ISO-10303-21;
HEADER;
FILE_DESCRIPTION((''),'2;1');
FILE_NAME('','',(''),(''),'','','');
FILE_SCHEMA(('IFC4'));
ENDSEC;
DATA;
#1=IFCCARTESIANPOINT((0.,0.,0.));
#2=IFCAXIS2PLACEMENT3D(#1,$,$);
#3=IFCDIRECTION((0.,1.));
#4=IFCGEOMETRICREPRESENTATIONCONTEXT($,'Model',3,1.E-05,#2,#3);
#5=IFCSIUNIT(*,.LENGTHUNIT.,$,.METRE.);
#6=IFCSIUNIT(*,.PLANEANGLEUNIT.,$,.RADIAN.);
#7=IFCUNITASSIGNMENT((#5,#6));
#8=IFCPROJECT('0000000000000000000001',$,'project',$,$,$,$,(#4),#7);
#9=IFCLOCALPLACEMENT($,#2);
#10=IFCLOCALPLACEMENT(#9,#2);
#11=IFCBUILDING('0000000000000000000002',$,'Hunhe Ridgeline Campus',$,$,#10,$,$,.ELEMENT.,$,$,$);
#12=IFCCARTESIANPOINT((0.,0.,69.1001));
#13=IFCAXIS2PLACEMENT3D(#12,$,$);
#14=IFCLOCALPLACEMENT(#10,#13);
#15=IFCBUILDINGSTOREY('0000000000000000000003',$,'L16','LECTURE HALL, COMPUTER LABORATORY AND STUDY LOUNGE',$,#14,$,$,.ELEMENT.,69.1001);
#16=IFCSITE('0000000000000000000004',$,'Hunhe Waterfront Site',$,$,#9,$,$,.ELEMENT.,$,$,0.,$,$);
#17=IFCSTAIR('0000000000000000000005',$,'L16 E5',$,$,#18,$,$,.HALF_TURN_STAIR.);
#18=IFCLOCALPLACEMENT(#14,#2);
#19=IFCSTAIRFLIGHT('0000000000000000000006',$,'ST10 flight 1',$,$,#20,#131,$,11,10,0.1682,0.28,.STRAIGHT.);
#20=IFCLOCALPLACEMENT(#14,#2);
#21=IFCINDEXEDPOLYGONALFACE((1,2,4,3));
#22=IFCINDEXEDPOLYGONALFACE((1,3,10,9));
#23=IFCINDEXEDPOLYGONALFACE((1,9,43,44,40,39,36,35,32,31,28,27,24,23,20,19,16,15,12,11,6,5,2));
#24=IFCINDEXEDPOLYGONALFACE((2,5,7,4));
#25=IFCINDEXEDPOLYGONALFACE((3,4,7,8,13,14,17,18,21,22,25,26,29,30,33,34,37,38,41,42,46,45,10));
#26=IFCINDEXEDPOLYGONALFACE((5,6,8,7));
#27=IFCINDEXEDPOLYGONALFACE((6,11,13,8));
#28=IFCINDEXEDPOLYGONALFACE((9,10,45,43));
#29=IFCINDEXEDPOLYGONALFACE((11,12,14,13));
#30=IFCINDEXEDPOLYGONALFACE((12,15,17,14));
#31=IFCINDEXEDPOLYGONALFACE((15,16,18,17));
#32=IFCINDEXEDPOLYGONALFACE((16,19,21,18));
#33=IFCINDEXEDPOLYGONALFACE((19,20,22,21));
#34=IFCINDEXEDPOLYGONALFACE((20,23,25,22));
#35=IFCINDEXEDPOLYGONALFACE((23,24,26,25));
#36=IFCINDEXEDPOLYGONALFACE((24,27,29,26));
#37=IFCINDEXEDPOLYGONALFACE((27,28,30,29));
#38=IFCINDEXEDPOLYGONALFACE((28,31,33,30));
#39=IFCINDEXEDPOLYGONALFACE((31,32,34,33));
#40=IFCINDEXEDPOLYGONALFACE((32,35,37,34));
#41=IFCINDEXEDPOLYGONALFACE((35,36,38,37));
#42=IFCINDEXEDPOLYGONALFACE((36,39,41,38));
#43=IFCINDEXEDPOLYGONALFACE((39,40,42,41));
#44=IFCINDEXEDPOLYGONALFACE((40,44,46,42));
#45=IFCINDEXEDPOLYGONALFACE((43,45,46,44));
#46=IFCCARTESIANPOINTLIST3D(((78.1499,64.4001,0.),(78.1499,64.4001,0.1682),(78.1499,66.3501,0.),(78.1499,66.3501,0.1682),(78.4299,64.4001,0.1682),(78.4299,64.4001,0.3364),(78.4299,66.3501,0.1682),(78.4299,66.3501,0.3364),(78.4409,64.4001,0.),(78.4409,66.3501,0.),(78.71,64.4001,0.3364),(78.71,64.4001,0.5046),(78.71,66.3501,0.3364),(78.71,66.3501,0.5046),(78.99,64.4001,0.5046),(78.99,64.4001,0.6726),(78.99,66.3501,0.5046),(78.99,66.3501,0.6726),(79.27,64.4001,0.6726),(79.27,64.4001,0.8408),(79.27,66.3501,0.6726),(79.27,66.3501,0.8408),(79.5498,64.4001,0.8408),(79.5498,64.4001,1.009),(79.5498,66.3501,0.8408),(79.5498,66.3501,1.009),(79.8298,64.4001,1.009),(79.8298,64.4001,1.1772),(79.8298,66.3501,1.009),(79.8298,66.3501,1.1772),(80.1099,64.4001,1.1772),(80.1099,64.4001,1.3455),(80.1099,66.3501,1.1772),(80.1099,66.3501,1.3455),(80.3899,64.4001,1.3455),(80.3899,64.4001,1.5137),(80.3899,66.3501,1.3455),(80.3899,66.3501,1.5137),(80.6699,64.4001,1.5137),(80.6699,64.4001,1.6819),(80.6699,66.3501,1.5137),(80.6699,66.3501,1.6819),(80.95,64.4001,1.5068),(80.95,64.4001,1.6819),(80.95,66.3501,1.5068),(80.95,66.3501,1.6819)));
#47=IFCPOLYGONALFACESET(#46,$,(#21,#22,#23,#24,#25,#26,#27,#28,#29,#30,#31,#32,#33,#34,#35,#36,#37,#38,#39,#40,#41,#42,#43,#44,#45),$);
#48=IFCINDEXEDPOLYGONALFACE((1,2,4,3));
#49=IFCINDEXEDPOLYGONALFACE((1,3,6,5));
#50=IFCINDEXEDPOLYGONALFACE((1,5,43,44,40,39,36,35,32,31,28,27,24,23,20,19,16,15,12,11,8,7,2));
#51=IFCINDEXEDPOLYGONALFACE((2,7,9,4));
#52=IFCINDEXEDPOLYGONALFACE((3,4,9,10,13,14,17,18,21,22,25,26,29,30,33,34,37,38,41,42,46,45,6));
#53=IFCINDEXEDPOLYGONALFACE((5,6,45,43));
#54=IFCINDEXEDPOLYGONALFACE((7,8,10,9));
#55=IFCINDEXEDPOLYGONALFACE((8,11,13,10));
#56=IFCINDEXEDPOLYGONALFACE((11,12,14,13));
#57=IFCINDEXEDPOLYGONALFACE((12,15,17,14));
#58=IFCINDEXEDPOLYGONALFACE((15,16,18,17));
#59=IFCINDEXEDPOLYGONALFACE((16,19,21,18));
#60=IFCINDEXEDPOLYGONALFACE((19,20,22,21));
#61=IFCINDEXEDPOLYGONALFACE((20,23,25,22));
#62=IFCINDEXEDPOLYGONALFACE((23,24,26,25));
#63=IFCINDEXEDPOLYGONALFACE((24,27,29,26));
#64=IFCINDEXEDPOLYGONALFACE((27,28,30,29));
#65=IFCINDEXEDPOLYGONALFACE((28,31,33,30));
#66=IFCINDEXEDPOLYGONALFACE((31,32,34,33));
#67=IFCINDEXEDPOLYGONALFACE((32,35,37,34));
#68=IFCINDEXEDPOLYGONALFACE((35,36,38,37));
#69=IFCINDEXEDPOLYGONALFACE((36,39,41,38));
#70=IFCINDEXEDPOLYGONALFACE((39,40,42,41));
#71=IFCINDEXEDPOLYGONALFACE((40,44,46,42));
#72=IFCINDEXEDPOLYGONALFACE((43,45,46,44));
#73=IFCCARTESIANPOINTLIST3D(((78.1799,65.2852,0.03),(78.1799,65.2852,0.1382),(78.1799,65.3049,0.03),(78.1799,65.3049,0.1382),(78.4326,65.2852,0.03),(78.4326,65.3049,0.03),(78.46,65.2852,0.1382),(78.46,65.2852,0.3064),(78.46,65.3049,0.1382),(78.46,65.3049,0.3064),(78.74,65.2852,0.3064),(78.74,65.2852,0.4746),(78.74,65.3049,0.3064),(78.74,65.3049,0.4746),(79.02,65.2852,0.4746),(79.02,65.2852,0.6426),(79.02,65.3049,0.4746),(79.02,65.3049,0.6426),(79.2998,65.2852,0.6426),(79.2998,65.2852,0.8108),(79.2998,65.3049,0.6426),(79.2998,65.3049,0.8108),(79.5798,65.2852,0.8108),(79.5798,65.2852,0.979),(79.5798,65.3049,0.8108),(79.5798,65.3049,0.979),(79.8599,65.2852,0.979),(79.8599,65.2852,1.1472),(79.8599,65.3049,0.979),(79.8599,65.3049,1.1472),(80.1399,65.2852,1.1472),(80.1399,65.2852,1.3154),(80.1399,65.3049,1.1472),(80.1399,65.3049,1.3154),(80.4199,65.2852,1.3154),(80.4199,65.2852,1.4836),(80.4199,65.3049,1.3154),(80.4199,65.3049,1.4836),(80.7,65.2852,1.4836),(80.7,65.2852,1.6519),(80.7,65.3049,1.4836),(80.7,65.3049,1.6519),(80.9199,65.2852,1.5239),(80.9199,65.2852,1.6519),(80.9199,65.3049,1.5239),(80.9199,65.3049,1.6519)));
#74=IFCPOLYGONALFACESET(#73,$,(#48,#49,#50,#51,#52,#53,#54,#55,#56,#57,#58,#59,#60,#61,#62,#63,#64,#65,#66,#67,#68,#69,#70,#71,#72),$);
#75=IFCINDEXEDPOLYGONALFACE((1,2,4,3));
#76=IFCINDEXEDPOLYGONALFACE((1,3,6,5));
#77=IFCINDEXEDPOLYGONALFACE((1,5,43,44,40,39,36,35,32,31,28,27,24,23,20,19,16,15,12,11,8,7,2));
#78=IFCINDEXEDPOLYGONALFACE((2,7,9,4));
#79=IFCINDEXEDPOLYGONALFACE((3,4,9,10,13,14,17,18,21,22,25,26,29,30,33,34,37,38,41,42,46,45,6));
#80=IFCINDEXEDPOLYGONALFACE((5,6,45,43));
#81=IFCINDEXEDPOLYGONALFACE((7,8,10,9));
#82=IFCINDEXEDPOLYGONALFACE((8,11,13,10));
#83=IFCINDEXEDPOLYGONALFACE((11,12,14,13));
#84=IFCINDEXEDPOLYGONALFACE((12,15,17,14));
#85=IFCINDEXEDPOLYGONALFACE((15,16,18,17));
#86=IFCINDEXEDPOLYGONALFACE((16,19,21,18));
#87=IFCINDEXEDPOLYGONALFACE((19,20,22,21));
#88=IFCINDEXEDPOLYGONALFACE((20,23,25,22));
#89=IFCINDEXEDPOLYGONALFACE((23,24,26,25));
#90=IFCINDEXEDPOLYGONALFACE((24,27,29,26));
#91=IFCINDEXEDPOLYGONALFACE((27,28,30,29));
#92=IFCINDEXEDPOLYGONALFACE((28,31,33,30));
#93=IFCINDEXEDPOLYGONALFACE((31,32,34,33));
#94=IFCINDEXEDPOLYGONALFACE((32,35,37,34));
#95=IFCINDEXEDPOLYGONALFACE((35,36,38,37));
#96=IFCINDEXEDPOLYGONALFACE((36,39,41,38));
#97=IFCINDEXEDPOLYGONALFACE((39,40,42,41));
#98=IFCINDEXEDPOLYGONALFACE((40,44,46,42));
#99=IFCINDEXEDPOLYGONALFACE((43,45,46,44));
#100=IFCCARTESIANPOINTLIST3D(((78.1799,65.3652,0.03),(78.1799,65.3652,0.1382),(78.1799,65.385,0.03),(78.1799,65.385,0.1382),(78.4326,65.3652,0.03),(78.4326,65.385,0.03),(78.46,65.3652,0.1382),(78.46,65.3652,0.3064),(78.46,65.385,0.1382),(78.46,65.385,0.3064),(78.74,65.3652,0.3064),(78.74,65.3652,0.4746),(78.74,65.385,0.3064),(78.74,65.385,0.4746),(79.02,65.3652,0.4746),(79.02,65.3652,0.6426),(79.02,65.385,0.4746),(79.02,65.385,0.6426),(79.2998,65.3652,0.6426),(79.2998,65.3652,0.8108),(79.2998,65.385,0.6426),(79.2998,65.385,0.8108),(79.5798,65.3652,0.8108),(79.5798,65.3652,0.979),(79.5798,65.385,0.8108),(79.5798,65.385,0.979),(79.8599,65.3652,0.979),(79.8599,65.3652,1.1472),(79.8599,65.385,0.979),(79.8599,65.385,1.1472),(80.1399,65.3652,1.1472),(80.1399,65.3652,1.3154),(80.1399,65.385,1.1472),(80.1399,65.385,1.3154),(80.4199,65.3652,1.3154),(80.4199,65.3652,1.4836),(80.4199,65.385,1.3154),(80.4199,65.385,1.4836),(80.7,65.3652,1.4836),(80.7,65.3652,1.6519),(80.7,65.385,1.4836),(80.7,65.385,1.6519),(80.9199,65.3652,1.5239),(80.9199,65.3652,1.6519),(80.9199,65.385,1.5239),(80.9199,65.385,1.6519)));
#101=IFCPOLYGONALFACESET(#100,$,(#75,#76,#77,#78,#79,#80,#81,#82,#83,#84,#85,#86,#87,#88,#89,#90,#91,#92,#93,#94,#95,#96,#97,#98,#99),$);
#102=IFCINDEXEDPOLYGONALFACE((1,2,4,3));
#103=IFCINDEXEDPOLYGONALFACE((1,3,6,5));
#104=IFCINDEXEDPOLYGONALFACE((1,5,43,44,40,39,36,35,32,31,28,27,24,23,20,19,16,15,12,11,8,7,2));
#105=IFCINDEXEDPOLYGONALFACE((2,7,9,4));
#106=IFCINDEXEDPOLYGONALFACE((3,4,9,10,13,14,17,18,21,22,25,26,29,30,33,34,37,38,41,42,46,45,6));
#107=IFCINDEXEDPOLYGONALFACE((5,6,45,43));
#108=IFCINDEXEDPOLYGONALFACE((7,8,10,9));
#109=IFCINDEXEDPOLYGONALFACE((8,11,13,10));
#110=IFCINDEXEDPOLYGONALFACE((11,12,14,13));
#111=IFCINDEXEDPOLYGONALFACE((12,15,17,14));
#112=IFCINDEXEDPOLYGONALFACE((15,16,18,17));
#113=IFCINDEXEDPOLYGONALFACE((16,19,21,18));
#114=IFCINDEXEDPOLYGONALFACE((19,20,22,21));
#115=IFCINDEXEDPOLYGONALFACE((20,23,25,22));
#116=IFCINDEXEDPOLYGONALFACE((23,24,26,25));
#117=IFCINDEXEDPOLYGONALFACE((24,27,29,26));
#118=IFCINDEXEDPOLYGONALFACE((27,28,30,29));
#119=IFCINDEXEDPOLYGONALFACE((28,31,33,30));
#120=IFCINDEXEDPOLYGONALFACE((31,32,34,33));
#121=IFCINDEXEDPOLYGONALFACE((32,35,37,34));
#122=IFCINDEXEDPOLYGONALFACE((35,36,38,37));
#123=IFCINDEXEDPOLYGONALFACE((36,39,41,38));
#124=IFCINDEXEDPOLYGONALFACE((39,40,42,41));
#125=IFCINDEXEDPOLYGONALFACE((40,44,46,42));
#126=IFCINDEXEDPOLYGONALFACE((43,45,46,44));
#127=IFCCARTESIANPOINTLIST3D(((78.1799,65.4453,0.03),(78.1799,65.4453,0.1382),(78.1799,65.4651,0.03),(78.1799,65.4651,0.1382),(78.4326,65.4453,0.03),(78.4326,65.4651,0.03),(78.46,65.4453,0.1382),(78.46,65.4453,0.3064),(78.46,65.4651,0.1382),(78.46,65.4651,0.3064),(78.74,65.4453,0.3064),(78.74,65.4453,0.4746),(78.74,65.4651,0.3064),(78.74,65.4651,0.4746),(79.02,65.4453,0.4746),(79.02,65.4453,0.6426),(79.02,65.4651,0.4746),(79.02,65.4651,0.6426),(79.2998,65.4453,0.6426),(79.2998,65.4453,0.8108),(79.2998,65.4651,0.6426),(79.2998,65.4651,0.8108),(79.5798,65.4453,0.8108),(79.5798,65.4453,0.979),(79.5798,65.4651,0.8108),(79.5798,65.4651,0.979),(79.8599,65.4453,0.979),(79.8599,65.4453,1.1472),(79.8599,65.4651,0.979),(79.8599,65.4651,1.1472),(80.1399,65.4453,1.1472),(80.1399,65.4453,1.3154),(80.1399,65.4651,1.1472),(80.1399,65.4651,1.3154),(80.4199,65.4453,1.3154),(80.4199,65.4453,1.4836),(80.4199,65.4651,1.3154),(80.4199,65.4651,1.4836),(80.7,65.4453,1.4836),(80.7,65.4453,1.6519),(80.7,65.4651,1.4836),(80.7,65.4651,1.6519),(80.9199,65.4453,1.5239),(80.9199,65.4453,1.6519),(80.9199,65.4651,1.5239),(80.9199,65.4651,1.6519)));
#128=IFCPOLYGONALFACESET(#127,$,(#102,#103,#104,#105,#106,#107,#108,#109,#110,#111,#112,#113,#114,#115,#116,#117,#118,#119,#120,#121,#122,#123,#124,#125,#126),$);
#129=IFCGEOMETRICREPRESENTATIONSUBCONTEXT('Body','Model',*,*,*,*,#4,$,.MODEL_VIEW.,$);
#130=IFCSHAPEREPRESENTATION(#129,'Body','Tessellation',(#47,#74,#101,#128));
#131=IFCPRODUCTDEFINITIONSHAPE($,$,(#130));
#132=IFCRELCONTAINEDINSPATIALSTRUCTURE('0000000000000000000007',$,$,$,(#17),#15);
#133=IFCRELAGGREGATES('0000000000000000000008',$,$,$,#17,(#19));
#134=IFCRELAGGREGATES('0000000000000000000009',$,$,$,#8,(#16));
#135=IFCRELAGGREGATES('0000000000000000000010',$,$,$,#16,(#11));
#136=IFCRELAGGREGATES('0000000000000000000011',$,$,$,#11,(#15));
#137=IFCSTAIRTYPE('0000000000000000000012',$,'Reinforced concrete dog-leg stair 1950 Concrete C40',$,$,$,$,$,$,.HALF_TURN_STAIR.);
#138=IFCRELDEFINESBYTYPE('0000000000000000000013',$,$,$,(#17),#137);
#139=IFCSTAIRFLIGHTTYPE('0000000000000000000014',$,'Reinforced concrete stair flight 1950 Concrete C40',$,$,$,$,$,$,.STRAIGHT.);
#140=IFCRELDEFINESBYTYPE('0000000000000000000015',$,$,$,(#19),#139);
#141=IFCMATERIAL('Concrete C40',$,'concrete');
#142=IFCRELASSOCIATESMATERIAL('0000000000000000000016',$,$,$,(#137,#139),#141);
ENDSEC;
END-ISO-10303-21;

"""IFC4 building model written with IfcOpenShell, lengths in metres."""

from ifc_helpers import new_model, si_unit, direction, frame, origin, place, context, subcontext, project, spatial, polyline, outline, extrude, material, type_object, element, aggregate, save


model = new_model("IFC4")

# Units and contexts
model_context = context("Model", 3, precision=1e-05, world=origin(), true_north=direction((0.0, 1.0)))
body_context = subcontext(model_context, "Body", "Model", "MODEL_VIEW")
ifc_project = project(units=[si_unit("LENGTHUNIT", "METRE"), si_unit("PLANEANGLEUNIT", "RADIAN")], contexts=[model_context])

# Site, building, storey
site_placement = place(None, origin())
site = spatial("IfcSite", under=ifc_project, at=site_placement, Name="Hunhe Waterfront Site", CompositionType="ELEMENT", RefElevation=0.0)
building_placement = place(site_placement, origin())
building = spatial("IfcBuilding", under=site, at=building_placement, Name="Hunhe Ridgeline Campus", CompositionType="ELEMENT")
storey_placement = place(building_placement, frame((0.0, 0.0, 69.1001)))
storey = spatial("IfcBuildingStorey", under=building, at=storey_placement, Name="L16", Description="LECTURE HALL, COMPUTER LABORATORY AND STUDY LOUNGE", CompositionType="ELEMENT", Elevation=69.1001)

# Stair, stair flight
ifc_material_1 = material(Name="Concrete C40", Category="concrete")
stair_type = type_object("IfcStairType", Name="Reinforced concrete dog-leg stair 1950 Concrete C40", PredefinedType="HALF_TURN_STAIR", material=ifc_material_1)
stair_placement = place(storey_placement, origin())
stair = element("IfcStair", 1, at=stair_placement, inside=storey, type_object=stair_type, Name="L16 E5", PredefinedType="HALF_TURN_STAIR")
stair_flight_type = type_object("IfcStairFlightType", Name="Reinforced concrete stair flight 1950 Concrete C40", PredefinedType="STRAIGHT", material=ifc_material_1)
stair_flight_1_placement = place(storey_placement, frame((78.1499, 65.375, 0.0), z_axis=(0.0, 0.0, 1.0), x_axis=(1.0, 0.0, 0.0)))
stair_flight_1 = element("IfcStairFlight", 2, at=stair_flight_1_placement, type_object=stair_flight_type, Name="ST10 flight 1", NumberOfRisers=11, NumberOfTreads=10, PredefinedType="STRAIGHT", RiserHeight=0.1682, TreadLength=0.28, context=body_context, shape_type="SweptSolid", body=[
    extrude(outline(polyline([(0.0, 0.0), (0.0, 0.1682), (0.28, 0.1682), (0.28, 0.3364), (0.5601, 0.3364), (0.5601, 0.5046), (0.8401, 0.5046), (0.8401, 0.6726), (1.1201, 0.6726), (1.1201, 0.8408), (1.3999, 0.8408), (1.3999, 1.009), (1.6799, 1.009), (1.6799, 1.1772), (1.96, 1.1772), (1.96, 1.3455), (2.24, 1.3455), (2.24, 1.5137), (2.52, 1.5137), (2.52, 1.6819), (2.8, 1.6819), (2.8, 1.8501), (2.8, 1.5068), (0.291, 0.0), (0.0, 0.0)])), frame((0.0, 0.9751, 0.0), z_axis=(0.0, -1.0, 0.0), x_axis=(1.0, 0.0, 0.0)), (0.0, 0.0, 1.0), 1.95),
    extrude(outline(polyline([(0.03, 0.03), (0.03, 0.1382), (0.3101, 0.1382), (0.3101, 0.3064), (0.5901, 0.3064), (0.5901, 0.4746), (0.8701, 0.4746), (0.8701, 0.6426), (1.1499, 0.6426), (1.1499, 0.8108), (1.4299, 0.8108), (1.4299, 0.979), (1.71, 0.979), (1.71, 1.1472), (1.99, 1.1472), (1.99, 1.3154), (2.27, 1.3154), (2.27, 1.4836), (2.55, 1.4836), (2.55, 1.6519), (2.77, 1.6519), (2.77, 1.5239), (0.2827, 0.03), (0.03, 0.03)])), frame((0.0, -0.0701, 0.0), z_axis=(0.0, -1.0, 0.0), x_axis=(1.0, 0.0, 0.0)), (0.0, 0.0, 1.0), 0.0198),
    extrude(outline(polyline([(0.03, 0.03), (0.03, 0.1382), (0.3101, 0.1382), (0.3101, 0.3064), (0.5901, 0.3064), (0.5901, 0.4746), (0.8701, 0.4746), (0.8701, 0.6426), (1.1499, 0.6426), (1.1499, 0.8108), (1.4299, 0.8108), (1.4299, 0.979), (1.71, 0.979), (1.71, 1.1472), (1.99, 1.1472), (1.99, 1.3154), (2.27, 1.3154), (2.27, 1.4836), (2.55, 1.4836), (2.55, 1.6519), (2.77, 1.6519), (2.77, 1.5239), (0.2827, 0.03), (0.03, 0.03)])), frame((0.0, 0.01, 0.0), z_axis=(0.0, -1.0, 0.0), x_axis=(1.0, 0.0, 0.0)), (0.0, 0.0, 1.0), 0.0198),
    extrude(outline(polyline([(0.03, 0.03), (0.03, 0.1382), (0.3101, 0.1382), (0.3101, 0.3064), (0.5901, 0.3064), (0.5901, 0.4746), (0.8701, 0.4746), (0.8701, 0.6426), (1.1499, 0.6426), (1.1499, 0.8108), (1.4299, 0.8108), (1.4299, 0.979), (1.71, 0.979), (1.71, 1.1472), (1.99, 1.1472), (1.99, 1.3154), (2.27, 1.3154), (2.27, 1.4836), (2.55, 1.4836), (2.55, 1.6519), (2.77, 1.6519), (2.77, 1.5239), (0.2827, 0.03), (0.03, 0.03)])), frame((0.0, 0.0901, 0.0), z_axis=(0.0, -1.0, 0.0), x_axis=(1.0, 0.0, 0.0)), (0.0, 0.0, 1.0), 0.0198),
])
aggregate(stair, [stair_flight_1])

save(model, "model.ifc")
